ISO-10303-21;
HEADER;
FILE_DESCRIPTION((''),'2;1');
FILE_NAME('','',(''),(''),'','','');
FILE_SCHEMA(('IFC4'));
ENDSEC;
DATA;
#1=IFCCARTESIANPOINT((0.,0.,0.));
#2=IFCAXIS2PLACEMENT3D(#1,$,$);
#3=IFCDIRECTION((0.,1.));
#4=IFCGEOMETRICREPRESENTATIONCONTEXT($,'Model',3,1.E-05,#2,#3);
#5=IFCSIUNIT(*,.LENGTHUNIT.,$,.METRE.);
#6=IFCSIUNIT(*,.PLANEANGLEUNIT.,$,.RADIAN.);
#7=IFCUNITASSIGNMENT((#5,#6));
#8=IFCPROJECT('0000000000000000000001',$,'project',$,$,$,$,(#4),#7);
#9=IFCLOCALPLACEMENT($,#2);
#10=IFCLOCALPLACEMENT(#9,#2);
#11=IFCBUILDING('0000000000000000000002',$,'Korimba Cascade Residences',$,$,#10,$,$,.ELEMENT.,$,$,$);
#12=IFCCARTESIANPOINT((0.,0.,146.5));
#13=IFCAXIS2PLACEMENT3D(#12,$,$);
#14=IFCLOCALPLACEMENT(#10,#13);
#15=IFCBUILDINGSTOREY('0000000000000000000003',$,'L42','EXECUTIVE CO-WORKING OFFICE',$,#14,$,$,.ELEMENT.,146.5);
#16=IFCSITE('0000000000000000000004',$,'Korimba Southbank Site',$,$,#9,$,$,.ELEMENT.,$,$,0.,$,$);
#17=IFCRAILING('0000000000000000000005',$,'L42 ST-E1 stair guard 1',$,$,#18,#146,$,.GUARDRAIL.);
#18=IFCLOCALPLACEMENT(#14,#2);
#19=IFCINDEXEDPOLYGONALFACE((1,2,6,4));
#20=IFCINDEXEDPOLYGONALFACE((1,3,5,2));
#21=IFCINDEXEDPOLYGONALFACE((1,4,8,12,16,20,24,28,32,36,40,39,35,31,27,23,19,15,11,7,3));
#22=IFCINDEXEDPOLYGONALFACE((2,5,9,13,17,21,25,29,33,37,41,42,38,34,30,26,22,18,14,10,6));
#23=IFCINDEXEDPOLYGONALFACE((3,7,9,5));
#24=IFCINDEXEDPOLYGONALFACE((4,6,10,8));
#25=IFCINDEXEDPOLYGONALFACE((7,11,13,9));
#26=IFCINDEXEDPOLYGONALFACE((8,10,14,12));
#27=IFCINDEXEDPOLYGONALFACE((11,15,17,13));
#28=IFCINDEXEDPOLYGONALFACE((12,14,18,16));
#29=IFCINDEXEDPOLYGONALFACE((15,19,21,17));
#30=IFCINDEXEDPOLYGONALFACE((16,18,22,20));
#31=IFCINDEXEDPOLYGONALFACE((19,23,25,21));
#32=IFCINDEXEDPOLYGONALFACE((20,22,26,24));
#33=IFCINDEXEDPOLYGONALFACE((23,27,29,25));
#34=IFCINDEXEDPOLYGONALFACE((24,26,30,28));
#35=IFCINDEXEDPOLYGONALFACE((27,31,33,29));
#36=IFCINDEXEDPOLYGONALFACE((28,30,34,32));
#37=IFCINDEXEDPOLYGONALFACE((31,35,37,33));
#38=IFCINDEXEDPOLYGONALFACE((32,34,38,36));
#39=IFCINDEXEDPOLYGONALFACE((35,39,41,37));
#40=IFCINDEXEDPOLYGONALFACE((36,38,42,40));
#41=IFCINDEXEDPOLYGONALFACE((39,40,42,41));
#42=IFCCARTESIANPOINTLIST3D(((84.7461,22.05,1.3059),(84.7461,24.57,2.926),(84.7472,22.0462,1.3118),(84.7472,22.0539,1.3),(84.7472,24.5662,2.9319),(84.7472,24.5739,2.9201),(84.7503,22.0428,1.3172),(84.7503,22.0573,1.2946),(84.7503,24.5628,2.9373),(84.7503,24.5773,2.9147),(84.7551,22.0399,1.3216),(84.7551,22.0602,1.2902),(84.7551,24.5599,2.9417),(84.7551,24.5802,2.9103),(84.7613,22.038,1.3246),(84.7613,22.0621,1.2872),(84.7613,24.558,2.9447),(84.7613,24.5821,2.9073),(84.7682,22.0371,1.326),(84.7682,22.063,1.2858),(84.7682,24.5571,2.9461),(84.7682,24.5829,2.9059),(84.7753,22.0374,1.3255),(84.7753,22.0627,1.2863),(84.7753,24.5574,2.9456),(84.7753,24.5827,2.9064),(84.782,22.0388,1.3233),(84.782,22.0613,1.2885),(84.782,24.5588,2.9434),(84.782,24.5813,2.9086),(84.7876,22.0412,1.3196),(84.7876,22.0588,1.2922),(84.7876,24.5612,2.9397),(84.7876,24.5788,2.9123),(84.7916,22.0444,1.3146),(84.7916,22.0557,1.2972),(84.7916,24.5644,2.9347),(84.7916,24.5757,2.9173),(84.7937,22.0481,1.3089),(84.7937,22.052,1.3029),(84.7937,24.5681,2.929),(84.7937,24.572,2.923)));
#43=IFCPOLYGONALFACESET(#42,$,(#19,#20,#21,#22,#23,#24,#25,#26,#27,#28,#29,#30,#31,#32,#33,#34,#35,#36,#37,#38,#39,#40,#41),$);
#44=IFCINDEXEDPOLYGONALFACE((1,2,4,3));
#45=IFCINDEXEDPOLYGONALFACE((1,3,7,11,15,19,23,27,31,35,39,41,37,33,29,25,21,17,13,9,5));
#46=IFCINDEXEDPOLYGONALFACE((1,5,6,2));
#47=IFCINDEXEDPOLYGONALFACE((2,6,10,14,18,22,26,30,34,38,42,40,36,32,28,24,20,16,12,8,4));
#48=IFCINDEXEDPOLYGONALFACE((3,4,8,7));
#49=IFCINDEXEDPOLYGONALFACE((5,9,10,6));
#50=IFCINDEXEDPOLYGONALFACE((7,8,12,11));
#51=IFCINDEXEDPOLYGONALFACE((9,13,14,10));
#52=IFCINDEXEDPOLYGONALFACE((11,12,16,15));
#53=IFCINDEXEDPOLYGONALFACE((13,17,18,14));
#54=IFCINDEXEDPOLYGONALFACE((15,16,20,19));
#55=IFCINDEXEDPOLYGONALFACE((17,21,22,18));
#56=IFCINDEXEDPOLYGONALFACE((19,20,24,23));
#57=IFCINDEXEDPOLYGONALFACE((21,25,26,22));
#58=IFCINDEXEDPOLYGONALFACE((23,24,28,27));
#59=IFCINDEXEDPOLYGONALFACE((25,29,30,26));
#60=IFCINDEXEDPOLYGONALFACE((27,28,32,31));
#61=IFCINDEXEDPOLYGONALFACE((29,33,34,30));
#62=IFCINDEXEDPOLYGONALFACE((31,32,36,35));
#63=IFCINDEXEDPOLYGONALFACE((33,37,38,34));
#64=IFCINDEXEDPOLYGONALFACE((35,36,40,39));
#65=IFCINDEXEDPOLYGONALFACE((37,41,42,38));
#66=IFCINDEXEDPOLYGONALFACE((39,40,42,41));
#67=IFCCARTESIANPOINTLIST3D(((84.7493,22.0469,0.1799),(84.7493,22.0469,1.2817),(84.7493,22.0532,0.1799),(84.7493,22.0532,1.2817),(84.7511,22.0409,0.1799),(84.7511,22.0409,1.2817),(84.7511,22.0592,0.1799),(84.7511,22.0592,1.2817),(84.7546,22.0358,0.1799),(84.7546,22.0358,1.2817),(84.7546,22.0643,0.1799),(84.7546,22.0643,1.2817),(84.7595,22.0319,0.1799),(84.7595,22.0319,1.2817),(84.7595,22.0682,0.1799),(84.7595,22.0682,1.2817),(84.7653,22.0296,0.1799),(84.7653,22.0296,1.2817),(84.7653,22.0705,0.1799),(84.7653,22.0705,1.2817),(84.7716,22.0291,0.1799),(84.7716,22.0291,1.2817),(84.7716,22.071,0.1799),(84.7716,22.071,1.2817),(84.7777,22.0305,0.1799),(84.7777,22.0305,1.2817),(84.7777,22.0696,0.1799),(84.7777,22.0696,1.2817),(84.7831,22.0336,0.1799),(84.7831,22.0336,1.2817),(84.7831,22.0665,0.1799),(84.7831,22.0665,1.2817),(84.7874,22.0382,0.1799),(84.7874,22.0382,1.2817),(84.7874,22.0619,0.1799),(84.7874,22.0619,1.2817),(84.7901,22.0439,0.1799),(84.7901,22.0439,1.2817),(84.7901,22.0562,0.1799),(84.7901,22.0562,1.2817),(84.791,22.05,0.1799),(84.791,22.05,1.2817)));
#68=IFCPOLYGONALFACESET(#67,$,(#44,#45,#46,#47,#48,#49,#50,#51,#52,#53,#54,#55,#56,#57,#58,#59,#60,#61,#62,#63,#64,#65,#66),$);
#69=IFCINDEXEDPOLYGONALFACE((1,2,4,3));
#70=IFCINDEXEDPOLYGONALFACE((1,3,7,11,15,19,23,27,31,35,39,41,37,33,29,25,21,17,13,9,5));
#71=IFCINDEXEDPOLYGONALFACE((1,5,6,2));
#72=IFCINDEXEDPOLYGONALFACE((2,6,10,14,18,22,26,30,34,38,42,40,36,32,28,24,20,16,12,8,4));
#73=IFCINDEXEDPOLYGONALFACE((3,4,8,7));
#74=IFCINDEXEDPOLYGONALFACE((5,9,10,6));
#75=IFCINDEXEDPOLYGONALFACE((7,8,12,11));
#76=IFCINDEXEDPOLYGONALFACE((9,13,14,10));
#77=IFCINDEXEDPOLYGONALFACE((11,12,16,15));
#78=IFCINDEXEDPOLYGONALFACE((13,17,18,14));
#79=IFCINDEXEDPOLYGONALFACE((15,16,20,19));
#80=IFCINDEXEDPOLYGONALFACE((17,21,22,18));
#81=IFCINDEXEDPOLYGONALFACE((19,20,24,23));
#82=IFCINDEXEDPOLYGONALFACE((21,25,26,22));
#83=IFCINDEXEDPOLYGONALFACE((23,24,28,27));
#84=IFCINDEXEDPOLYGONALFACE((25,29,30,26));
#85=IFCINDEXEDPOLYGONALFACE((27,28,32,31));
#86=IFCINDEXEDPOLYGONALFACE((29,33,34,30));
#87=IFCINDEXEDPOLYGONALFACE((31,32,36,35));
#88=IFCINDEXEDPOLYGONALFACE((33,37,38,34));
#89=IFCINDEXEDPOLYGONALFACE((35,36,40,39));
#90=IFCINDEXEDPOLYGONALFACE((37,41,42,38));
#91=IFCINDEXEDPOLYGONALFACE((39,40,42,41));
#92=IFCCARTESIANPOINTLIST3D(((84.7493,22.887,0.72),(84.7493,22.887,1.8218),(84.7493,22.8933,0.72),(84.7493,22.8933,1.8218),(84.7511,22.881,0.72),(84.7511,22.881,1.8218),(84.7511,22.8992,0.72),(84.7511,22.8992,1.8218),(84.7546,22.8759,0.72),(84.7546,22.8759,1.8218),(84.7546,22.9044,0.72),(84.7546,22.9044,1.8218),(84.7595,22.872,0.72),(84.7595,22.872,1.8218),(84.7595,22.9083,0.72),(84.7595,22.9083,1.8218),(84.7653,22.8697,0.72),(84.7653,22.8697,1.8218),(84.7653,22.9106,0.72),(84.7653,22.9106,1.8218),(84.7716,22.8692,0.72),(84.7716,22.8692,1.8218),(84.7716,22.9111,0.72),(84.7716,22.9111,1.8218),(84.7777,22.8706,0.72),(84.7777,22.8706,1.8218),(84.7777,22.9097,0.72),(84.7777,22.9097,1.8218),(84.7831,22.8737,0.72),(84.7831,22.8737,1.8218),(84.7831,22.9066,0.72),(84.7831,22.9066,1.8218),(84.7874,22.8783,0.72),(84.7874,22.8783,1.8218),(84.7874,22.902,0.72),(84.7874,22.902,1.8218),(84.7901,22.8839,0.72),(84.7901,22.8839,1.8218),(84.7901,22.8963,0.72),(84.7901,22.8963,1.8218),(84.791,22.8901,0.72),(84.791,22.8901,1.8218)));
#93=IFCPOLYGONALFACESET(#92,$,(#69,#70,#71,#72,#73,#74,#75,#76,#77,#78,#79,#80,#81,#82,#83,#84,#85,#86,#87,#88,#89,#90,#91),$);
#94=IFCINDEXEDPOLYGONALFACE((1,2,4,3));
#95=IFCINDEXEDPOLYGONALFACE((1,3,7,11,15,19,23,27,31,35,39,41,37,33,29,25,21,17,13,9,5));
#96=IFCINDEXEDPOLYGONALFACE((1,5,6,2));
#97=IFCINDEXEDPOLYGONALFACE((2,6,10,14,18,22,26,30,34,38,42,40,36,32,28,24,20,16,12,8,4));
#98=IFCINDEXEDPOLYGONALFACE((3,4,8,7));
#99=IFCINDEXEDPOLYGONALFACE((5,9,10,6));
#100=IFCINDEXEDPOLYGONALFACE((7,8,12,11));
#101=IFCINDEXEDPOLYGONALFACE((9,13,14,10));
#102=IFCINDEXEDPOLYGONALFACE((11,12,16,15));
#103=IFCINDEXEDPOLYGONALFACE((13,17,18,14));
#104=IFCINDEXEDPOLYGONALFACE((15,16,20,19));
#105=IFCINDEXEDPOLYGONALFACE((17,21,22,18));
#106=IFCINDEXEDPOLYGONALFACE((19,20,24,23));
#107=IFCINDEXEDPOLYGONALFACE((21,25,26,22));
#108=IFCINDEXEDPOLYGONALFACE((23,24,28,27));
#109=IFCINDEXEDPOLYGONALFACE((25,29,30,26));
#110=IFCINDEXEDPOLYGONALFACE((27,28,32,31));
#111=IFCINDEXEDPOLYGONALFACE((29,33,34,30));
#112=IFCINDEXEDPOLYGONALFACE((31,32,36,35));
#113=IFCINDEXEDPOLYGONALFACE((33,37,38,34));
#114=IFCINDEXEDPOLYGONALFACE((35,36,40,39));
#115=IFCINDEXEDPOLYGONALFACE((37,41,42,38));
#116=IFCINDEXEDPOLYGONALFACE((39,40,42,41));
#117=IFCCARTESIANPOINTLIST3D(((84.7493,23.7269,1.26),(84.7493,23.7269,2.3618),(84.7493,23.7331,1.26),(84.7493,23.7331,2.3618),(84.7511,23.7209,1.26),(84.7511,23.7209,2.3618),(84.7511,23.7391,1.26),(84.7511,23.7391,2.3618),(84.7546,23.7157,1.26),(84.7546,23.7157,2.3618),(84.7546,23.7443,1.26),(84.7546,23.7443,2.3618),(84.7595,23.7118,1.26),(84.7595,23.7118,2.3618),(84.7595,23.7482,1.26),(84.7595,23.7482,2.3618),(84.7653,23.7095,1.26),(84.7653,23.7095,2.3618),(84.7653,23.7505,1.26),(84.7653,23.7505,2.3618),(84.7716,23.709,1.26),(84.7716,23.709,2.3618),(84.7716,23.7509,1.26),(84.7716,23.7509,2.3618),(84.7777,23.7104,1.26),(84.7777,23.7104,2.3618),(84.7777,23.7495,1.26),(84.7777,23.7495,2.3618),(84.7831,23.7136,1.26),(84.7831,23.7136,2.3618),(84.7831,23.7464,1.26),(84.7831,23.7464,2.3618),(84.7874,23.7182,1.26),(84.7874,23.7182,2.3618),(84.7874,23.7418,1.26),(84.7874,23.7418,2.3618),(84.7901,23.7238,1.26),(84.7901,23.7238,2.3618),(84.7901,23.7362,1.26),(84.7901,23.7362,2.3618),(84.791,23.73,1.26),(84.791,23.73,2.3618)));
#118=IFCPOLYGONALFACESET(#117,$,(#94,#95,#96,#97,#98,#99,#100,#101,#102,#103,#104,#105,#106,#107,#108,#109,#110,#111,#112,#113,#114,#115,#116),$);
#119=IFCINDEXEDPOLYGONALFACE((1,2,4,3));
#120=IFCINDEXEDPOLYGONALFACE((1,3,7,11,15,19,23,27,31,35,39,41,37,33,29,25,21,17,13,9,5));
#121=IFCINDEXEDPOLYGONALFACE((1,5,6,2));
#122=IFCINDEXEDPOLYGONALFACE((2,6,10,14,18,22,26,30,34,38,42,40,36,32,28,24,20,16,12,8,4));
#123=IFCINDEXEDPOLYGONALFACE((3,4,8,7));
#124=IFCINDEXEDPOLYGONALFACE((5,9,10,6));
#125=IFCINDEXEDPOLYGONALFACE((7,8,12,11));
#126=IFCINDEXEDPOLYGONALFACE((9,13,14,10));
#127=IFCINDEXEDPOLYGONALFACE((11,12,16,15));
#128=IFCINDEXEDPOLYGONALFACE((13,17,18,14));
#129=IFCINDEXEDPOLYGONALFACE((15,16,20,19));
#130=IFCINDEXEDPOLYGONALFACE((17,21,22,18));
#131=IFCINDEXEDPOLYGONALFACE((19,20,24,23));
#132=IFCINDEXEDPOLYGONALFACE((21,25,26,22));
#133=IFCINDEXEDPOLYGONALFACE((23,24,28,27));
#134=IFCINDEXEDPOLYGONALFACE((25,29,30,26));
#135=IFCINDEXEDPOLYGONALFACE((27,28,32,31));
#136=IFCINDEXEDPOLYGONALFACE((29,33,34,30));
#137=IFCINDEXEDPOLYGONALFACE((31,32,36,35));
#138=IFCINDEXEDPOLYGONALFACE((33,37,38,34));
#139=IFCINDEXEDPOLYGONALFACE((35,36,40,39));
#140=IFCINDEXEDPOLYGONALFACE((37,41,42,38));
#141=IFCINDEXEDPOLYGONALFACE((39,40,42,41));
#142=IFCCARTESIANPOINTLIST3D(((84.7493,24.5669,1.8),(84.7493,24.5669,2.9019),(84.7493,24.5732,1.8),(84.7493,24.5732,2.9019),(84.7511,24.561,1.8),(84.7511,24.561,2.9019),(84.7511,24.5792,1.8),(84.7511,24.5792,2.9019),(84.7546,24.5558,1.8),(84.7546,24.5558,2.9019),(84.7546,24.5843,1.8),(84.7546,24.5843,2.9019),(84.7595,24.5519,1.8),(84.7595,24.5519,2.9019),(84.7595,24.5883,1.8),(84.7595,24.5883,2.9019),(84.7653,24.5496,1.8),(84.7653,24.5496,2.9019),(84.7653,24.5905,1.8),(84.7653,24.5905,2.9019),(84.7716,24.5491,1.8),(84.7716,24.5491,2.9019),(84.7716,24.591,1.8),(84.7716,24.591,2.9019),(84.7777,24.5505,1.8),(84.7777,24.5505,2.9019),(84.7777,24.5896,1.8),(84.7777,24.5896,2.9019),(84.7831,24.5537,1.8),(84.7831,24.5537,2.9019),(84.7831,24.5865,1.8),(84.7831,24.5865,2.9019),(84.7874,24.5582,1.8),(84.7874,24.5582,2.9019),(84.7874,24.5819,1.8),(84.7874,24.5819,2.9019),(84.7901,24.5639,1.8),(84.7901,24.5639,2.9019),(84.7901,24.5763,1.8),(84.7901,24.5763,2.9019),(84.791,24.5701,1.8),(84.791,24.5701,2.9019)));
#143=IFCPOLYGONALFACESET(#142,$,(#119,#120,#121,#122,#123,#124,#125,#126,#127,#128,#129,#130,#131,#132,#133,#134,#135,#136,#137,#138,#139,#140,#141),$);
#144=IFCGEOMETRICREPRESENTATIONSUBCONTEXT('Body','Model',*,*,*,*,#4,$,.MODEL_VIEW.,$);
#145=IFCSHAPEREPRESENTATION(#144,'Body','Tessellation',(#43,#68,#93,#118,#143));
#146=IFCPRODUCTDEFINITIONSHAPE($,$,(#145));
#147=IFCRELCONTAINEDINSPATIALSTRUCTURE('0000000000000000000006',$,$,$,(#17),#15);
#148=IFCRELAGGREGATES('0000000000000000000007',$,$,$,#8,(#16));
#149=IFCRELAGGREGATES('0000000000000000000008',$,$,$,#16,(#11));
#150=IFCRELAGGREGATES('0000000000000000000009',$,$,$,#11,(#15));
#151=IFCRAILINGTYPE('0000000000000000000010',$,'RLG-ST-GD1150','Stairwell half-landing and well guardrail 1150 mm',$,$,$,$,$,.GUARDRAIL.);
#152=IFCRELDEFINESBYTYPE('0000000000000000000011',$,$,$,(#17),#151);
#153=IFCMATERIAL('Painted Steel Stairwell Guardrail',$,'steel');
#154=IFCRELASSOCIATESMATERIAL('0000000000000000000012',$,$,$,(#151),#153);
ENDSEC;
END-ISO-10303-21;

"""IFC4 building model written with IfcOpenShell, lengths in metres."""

from ifc_helpers import new_model, si_unit, direction, frame, origin, origin_2d, place, context, subcontext, project, spatial, circle, extrude, material, type_object, element, save


model = new_model("IFC4")

# Units and contexts
model_context = context("Model", 3, precision=1e-05, world=origin(), true_north=direction((0.0, 1.0)))
body_context = subcontext(model_context, "Body", "Model", "MODEL_VIEW")
ifc_project = project(units=[si_unit("LENGTHUNIT", "METRE"), si_unit("PLANEANGLEUNIT", "RADIAN")], contexts=[model_context])

# Site, building, storey
site_placement = place(None, origin())
site = spatial("IfcSite", under=ifc_project, at=site_placement, Name="Korimba Southbank Site", CompositionType="ELEMENT", RefElevation=0.0)
building_placement = place(site_placement, origin())
building = spatial("IfcBuilding", under=site, at=building_placement, Name="Korimba Cascade Residences", CompositionType="ELEMENT")
storey_placement = place(building_placement, frame((0.0, 0.0, 146.5)))
storey = spatial("IfcBuildingStorey", under=building, at=storey_placement, Name="L42", Description="EXECUTIVE CO-WORKING OFFICE", CompositionType="ELEMENT", Elevation=146.5)

# Railing
ifc_material_1 = material(Name="Painted Steel Stairwell Guardrail", Category="steel")
railing_type_1 = type_object("IfcRailingType", Name="RLG-ST-GD1150", Description="Stairwell half-landing and well guardrail 1150 mm", PredefinedType="GUARDRAIL", material=ifc_material_1)
railing_1_placement = place(storey_placement, frame((84.77, 22.05, 0.1799)))
element("IfcRailing", 1, at=railing_1_placement, inside=storey, type_object=railing_type_1, Name="L42 ST-E1 stair guard 1", PredefinedType="GUARDRAIL", context=body_context, shape_type="SweptSolid", body=[
    extrude(circle(Radius=0.0239, at=origin_2d()), frame((0.0, 0.0, 1.126), z_axis=(0.0, 0.841163, 0.540782), x_axis=(-1.0, 0.0, 0.0)), (0.0, 0.0, 1.0), 2.9958),
    extrude(circle(Radius=0.021, at=origin_2d()), origin(), (0.0, 0.0, 1.0), 1.1018),
    extrude(circle(Radius=0.021, at=origin_2d()), frame((0.0, 0.8401, 0.54)), (0.0, 0.0, 1.0), 1.1018),
    extrude(circle(Radius=0.021, at=origin_2d()), frame((0.0, 1.6799, 1.0801)), (0.0, 0.0, 1.0), 1.1018),
    extrude(circle(Radius=0.021, at=origin_2d()), frame((0.0, 2.52, 1.6201)), (0.0, 0.0, 1.0), 1.1018),
])

save(model, "model.ifc")
